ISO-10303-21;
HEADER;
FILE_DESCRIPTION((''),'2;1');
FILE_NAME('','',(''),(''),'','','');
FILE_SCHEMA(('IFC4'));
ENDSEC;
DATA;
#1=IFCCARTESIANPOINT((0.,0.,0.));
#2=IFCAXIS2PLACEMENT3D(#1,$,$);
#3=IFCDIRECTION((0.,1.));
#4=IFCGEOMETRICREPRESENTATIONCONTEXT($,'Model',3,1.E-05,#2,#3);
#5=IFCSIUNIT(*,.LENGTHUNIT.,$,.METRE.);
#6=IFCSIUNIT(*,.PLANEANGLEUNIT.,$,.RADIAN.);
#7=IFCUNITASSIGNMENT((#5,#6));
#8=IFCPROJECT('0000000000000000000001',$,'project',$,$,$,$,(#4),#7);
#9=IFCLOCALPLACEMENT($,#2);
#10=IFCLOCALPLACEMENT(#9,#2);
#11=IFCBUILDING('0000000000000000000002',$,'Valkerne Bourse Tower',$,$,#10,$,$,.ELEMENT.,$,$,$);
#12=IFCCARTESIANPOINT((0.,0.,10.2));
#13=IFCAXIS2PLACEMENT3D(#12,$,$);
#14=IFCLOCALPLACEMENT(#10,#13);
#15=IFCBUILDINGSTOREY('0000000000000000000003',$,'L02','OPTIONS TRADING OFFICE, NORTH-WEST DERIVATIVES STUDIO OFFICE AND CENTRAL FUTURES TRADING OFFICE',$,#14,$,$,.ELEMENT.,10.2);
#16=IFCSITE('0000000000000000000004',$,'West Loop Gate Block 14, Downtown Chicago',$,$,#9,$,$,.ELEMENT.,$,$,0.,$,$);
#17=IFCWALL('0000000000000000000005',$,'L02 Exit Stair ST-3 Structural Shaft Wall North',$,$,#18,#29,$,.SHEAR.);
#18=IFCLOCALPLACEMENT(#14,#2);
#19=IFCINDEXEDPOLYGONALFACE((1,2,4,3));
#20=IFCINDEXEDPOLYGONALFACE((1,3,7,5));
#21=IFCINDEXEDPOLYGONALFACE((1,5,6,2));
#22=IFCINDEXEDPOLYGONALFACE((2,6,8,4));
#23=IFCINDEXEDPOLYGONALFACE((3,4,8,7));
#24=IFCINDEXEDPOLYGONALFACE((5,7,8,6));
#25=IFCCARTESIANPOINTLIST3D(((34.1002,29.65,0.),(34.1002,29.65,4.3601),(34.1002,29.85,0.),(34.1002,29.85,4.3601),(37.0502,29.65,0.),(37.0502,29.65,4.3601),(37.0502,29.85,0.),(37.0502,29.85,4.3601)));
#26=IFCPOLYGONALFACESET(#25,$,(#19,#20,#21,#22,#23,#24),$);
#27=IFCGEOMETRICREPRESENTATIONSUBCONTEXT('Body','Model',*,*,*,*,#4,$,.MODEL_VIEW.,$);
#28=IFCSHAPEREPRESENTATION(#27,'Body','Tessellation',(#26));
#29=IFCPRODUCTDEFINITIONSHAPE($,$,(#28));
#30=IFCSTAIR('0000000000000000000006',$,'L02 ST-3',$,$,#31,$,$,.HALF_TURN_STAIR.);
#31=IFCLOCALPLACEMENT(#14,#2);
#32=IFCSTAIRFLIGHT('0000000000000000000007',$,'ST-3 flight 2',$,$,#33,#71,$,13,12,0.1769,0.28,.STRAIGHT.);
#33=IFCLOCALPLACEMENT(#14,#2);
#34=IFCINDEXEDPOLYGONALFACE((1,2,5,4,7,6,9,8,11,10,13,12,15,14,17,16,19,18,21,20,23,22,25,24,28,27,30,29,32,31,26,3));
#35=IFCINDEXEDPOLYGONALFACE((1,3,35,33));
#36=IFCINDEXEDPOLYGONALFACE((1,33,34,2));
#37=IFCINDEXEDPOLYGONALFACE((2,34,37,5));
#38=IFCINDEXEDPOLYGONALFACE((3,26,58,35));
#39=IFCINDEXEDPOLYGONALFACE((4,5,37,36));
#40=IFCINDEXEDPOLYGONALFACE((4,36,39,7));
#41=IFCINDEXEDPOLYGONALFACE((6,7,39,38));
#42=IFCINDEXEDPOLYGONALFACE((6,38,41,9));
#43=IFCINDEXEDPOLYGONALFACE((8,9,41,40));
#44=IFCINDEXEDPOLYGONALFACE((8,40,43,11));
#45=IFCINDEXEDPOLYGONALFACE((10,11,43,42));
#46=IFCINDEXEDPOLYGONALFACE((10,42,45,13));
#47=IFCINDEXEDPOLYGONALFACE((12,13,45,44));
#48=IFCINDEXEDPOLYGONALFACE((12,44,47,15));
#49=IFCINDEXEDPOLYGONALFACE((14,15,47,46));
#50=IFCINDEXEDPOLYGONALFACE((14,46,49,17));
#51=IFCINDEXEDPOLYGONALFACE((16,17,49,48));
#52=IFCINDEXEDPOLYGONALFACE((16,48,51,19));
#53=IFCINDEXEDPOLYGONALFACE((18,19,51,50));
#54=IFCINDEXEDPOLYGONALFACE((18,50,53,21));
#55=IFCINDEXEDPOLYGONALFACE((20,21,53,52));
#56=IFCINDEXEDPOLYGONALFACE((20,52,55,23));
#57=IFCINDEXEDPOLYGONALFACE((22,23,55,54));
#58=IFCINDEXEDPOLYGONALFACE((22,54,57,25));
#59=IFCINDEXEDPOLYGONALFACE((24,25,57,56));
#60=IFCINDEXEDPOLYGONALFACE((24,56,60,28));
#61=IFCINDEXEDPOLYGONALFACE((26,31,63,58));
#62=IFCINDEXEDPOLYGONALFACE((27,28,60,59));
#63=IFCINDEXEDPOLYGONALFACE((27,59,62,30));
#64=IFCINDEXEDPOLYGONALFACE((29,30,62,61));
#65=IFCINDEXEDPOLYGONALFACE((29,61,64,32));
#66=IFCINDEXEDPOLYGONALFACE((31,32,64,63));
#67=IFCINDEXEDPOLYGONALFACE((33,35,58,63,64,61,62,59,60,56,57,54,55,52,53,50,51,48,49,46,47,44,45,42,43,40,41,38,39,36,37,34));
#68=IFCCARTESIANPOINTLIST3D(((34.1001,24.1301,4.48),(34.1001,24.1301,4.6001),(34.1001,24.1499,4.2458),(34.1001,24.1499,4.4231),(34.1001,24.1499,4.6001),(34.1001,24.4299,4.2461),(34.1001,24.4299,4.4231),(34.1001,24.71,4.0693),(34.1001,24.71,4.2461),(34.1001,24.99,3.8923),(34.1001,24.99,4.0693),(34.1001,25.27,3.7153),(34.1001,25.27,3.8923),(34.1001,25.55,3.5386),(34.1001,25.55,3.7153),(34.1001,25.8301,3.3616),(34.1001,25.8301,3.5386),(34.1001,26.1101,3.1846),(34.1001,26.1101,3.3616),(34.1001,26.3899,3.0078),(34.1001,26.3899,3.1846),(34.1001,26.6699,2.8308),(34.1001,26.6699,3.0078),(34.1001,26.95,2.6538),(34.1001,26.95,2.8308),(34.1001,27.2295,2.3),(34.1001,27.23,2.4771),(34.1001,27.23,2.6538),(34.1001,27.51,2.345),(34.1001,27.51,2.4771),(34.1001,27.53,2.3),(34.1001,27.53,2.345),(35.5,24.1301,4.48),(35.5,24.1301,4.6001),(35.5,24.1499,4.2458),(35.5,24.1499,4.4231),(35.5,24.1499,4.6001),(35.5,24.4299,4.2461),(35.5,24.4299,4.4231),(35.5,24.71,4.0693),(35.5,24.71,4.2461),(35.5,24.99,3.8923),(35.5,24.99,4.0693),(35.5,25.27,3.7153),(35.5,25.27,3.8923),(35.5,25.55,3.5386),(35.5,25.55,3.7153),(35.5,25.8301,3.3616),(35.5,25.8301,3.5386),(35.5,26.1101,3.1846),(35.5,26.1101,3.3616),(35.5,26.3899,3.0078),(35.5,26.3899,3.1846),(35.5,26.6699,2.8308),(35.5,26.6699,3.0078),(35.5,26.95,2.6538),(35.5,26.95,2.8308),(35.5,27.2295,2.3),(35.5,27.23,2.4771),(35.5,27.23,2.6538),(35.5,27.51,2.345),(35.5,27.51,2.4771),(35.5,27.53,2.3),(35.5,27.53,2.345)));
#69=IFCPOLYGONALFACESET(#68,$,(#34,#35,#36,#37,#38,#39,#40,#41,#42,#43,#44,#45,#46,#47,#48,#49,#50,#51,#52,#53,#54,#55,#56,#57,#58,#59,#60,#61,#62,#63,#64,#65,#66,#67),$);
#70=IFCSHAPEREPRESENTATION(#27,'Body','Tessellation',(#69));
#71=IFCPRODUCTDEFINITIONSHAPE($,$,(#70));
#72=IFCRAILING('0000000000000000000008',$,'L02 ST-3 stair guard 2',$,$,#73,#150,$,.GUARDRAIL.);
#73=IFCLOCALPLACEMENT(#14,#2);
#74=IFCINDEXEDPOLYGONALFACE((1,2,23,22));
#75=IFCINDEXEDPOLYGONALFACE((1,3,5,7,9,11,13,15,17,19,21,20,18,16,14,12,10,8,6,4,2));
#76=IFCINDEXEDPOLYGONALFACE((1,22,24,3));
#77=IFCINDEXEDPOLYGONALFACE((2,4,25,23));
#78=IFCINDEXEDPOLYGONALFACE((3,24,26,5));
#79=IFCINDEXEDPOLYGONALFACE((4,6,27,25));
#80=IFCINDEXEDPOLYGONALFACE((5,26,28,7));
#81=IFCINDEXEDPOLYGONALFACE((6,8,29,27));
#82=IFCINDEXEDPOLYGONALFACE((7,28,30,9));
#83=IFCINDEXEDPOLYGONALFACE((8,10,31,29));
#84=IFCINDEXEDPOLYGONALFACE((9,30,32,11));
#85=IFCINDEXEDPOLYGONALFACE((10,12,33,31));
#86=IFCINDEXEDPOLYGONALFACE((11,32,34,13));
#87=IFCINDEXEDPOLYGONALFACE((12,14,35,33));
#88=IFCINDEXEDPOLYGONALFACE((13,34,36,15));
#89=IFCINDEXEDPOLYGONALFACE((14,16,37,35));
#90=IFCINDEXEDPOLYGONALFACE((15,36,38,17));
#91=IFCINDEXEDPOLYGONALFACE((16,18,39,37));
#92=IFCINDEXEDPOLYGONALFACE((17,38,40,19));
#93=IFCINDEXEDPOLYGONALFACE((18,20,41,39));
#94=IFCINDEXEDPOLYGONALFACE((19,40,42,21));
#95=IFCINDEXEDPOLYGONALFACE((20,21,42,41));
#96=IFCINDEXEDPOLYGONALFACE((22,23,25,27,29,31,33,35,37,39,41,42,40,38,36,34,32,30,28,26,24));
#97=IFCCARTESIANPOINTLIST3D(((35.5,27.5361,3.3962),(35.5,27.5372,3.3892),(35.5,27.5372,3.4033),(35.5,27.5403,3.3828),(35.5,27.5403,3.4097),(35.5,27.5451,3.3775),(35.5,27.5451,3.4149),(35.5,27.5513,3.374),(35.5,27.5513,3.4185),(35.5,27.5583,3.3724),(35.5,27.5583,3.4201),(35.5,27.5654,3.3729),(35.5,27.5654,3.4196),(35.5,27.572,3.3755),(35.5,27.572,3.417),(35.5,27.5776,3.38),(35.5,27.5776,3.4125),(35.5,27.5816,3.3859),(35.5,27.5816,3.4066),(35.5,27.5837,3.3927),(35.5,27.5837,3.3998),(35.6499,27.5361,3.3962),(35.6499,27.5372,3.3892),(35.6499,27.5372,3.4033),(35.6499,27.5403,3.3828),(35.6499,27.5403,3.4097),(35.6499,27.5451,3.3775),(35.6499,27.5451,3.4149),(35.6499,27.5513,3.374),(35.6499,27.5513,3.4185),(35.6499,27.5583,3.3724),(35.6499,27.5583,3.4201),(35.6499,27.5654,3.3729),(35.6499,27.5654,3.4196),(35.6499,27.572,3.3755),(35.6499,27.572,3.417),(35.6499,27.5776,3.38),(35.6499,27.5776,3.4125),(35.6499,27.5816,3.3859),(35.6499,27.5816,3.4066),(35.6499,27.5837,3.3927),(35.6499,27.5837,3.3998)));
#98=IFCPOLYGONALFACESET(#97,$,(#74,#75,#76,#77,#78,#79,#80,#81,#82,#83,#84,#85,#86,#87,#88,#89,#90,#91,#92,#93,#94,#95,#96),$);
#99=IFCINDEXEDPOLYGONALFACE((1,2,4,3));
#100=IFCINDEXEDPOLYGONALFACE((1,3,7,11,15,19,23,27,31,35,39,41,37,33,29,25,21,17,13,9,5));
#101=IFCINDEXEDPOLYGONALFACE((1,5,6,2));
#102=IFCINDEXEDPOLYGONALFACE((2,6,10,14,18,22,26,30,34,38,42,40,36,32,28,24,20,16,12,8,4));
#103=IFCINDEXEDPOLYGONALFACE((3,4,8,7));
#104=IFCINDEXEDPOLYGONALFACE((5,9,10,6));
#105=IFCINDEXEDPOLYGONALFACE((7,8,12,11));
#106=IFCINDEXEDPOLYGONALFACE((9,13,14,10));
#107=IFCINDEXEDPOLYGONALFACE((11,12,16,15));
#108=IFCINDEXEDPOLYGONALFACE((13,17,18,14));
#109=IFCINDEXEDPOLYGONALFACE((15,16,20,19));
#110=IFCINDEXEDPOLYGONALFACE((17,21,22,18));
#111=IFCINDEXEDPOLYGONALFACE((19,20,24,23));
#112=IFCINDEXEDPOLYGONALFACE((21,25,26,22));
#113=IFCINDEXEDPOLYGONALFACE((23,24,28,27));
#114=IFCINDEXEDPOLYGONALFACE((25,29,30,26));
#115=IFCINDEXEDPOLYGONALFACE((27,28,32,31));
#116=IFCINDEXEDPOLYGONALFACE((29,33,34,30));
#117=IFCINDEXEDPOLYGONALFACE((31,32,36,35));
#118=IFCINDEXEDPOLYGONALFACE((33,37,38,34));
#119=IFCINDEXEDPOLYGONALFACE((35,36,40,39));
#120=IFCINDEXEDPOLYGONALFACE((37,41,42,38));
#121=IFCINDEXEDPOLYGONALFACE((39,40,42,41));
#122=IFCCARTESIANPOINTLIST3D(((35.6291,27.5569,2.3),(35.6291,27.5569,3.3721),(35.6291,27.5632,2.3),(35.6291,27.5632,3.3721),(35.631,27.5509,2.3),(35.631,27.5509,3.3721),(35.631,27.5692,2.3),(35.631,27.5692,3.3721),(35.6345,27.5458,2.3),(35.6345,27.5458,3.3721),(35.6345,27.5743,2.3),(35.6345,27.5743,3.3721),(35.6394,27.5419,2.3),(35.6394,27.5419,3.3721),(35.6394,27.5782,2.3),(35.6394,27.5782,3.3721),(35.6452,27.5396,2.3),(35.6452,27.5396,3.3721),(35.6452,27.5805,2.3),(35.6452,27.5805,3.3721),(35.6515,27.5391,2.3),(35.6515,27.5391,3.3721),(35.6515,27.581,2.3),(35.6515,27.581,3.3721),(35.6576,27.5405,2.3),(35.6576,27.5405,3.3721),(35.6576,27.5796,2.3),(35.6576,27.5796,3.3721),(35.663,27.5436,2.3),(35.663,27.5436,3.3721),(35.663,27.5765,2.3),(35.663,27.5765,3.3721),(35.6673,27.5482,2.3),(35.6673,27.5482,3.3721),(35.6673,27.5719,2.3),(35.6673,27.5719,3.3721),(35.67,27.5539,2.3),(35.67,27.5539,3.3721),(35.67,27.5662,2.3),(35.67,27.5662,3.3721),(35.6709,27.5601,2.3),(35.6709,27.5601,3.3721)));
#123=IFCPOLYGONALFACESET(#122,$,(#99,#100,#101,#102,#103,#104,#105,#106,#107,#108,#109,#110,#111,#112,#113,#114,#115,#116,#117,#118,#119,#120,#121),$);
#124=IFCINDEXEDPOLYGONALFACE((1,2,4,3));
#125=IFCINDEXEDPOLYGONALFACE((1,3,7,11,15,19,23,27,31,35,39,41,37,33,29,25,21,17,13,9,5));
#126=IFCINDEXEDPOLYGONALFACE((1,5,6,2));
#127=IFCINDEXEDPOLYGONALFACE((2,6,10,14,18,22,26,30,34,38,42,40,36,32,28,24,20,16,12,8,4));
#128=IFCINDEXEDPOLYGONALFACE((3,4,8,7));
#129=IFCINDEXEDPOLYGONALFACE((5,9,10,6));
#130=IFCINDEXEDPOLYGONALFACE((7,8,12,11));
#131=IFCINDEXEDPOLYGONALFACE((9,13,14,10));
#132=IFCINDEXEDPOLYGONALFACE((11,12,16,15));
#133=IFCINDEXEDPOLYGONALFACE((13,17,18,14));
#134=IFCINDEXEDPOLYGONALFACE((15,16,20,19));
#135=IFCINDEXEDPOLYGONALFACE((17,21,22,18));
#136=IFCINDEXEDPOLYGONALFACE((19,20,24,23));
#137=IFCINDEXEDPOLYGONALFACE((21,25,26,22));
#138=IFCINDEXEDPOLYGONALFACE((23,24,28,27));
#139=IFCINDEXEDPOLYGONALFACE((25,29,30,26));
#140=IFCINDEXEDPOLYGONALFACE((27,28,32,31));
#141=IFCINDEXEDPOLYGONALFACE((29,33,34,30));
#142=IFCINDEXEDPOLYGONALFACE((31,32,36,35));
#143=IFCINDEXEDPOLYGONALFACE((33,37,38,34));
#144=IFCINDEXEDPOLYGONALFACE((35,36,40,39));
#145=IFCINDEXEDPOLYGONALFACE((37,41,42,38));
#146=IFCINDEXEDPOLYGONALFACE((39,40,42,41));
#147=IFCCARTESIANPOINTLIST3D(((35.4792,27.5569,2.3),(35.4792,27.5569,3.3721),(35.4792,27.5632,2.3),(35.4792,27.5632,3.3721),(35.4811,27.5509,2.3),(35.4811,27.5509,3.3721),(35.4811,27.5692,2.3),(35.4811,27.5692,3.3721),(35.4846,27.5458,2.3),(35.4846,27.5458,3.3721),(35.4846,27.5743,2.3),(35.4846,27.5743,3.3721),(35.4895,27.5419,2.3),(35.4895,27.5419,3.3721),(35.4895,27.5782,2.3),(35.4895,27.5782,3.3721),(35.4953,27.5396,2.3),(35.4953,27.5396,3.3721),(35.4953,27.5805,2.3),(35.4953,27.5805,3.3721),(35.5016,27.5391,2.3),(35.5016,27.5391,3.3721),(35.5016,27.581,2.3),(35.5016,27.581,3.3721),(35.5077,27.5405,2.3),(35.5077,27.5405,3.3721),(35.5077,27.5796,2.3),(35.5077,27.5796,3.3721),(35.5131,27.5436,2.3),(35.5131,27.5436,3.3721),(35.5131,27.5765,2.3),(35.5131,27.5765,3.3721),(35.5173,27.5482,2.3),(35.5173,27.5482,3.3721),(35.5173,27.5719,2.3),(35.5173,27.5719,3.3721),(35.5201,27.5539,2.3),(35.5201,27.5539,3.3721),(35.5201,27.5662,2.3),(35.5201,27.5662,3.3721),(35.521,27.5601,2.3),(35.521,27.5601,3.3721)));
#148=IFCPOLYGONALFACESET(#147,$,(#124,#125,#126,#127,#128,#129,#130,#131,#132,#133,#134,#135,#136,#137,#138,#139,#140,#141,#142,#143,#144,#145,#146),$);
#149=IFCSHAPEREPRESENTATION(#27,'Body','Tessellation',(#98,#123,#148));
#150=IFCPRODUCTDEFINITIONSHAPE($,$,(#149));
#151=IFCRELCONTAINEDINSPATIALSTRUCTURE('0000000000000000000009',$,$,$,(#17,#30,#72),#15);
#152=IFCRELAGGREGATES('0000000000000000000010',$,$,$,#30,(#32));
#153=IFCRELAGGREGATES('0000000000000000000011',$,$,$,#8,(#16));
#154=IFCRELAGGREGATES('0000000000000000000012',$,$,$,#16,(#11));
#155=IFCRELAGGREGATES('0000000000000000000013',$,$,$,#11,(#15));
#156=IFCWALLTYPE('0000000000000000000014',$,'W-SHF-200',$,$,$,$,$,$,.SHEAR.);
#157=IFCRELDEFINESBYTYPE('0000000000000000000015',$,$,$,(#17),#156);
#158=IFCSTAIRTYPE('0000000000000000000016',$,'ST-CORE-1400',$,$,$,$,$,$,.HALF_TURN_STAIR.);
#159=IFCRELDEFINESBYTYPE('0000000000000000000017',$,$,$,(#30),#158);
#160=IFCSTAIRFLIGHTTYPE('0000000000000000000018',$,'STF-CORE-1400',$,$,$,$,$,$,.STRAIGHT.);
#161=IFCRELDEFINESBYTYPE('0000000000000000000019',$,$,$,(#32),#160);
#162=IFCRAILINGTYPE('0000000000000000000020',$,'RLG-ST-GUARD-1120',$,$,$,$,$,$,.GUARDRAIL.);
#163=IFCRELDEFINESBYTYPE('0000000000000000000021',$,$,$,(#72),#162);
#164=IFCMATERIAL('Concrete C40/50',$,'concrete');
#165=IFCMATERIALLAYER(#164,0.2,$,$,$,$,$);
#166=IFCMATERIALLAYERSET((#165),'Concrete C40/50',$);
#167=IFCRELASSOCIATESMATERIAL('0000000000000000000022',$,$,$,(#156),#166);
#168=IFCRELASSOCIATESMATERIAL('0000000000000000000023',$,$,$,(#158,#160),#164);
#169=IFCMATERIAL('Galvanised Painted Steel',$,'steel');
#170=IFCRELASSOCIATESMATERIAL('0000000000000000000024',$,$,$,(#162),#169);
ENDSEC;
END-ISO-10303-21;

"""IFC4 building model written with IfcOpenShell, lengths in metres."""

from ifc_helpers import new_model, si_unit, direction, frame, frame_2d, origin, origin_2d, place, context, subcontext, project, spatial, polyline, rectangle, circle, outline, extrude, material, layer, layer_set, type_object, element, aggregate, save


model = new_model("IFC4")

# Units and contexts
model_context = context("Model", 3, precision=1e-05, world=origin(), true_north=direction((0.0, 1.0)))
body_context = subcontext(model_context, "Body", "Model", "MODEL_VIEW")
ifc_project = project(units=[si_unit("LENGTHUNIT", "METRE"), si_unit("PLANEANGLEUNIT", "RADIAN")], contexts=[model_context])

# Site, building, storey
site_placement = place(None, origin())
site = spatial("IfcSite", under=ifc_project, at=site_placement, Name="West Loop Gate Block 14, Downtown Chicago", CompositionType="ELEMENT", RefElevation=0.0)
building_placement = place(site_placement, origin())
building = spatial("IfcBuilding", under=site, at=building_placement, Name="Valkerne Bourse Tower", CompositionType="ELEMENT")
storey_placement = place(building_placement, frame((0.0, 0.0, 10.2)))
storey = spatial("IfcBuildingStorey", under=building, at=storey_placement, Name="L02", Description="OPTIONS TRADING OFFICE, NORTH-WEST DERIVATIVES STUDIO OFFICE AND CENTRAL FUTURES TRADING OFFICE", CompositionType="ELEMENT", Elevation=10.2)

# Shared definitions
ifc_material_1 = material(Name="Galvanised Painted Steel", Category="steel")

# Wall
ifc_material_2 = material(Name="Concrete C40/50", Category="concrete")
ifc_layer_1 = layer(ifc_material_2, 0.2)
ifc_layer_set_1 = layer_set([ifc_layer_1], Name="Concrete C40/50")
wall_type_1 = type_object("IfcWallType", Name="W-SHF-200", PredefinedType="SHEAR", material=ifc_layer_set_1)
wall_1_placement = place(storey_placement, frame((34.1001, 29.75, 0.0), z_axis=(0.0, 0.0, 1.0), x_axis=(1.0, 0.0, 0.0)))
element("IfcWall", 1, at=wall_1_placement, inside=storey, type_object=wall_type_1, Name="L02 Exit Stair ST-3 Structural Shaft Wall North", PredefinedType="SHEAR", context=body_context, shape_type="SweptSolid", body=[
    extrude(rectangle(XDim=2.95, YDim=0.2, at=frame_2d((1.4751, 0.0))), origin(), (0.0, 0.0, 1.0), 4.3601),
])

# Stair, stair flight
stair_type = type_object("IfcStairType", Name="ST-CORE-1400", PredefinedType="HALF_TURN_STAIR", material=ifc_material_2)
stair_placement = place(storey_placement, origin())
stair = element("IfcStair", 2, at=stair_placement, inside=storey, type_object=stair_type, Name="L02 ST-3", PredefinedType="HALF_TURN_STAIR")
stair_flight_type = type_object("IfcStairFlightType", Name="STF-CORE-1400", PredefinedType="STRAIGHT", material=ifc_material_2)
stair_flight_placement = place(storey_placement, frame((34.8, 27.51, 2.3), z_axis=(0.0, 0.0, 1.0), x_axis=(0.0, -1.0, 0.0)))
stair_flight = element("IfcStairFlight", 3, at=stair_flight_placement, type_object=stair_flight_type, Name="ST-3 flight 2", NumberOfRisers=13, NumberOfTreads=12, PredefinedType="STRAIGHT", RiserHeight=0.1769, TreadLength=0.28, context=body_context, shape_type="SweptSolid", body=[
    extrude(outline(polyline([(-0.02, 0.0), (-0.02, 0.0449), (0.0, 0.0449), (0.0, 0.177), (0.28, 0.177), (0.28, 0.3538), (0.5601, 0.3538), (0.5601, 0.5308), (0.8401, 0.5308), (0.8401, 0.7078), (1.1201, 0.7078), (1.1201, 0.8845), (1.3999, 0.8845), (1.3999, 1.0615), (1.6799, 1.0615), (1.6799, 1.2385), (1.96, 1.2385), (1.96, 1.4153), (2.24, 1.4153), (2.24, 1.5923), (2.52, 1.5923), (2.52, 1.7693), (2.8, 1.7693), (2.8, 1.946), (3.0801, 1.946), (3.0801, 2.123), (3.3601, 2.123), (3.3601, 2.3), (3.3799, 2.3), (3.3799, 2.1799), (3.3601, 1.9458), (0.2805, 0.0), (-0.02, 0.0)])), frame((0.0, 0.7, 0.0), z_axis=(0.0, -1.0, 0.0), x_axis=(1.0, 0.0, 0.0)), (0.0, 0.0, 1.0), 1.3999),
])
aggregate(stair, [stair_flight])

# Railing
railing_type_1 = type_object("IfcRailingType", Name="RLG-ST-GUARD-1120", PredefinedType="GUARDRAIL", material=ifc_material_1)
railing_1_placement = place(storey_placement, frame((35.6499, 27.5601, 2.3)))
element("IfcRailing", 4, at=railing_1_placement, inside=storey, type_object=railing_type_1, Name="L02 ST-3 stair guard 2", PredefinedType="GUARDRAIL", context=body_context, shape_type="SweptSolid", body=[
    extrude(circle(Radius=0.0239, at=origin_2d()), frame((0.0, 0.0, 1.0962), z_axis=(-1.0, 0.0, 0.0), x_axis=(0.0, -1.0, 0.0)), (0.0, 0.0, 1.0), 0.1499),
    extrude(circle(Radius=0.021, at=origin_2d()), origin(), (0.0, 0.0, 1.0), 1.072),
    extrude(circle(Radius=0.021, at=origin_2d()), frame((-0.1499, 0.0, 0.0)), (0.0, 0.0, 1.0), 1.072),
])

save(model, "model.ifc")
